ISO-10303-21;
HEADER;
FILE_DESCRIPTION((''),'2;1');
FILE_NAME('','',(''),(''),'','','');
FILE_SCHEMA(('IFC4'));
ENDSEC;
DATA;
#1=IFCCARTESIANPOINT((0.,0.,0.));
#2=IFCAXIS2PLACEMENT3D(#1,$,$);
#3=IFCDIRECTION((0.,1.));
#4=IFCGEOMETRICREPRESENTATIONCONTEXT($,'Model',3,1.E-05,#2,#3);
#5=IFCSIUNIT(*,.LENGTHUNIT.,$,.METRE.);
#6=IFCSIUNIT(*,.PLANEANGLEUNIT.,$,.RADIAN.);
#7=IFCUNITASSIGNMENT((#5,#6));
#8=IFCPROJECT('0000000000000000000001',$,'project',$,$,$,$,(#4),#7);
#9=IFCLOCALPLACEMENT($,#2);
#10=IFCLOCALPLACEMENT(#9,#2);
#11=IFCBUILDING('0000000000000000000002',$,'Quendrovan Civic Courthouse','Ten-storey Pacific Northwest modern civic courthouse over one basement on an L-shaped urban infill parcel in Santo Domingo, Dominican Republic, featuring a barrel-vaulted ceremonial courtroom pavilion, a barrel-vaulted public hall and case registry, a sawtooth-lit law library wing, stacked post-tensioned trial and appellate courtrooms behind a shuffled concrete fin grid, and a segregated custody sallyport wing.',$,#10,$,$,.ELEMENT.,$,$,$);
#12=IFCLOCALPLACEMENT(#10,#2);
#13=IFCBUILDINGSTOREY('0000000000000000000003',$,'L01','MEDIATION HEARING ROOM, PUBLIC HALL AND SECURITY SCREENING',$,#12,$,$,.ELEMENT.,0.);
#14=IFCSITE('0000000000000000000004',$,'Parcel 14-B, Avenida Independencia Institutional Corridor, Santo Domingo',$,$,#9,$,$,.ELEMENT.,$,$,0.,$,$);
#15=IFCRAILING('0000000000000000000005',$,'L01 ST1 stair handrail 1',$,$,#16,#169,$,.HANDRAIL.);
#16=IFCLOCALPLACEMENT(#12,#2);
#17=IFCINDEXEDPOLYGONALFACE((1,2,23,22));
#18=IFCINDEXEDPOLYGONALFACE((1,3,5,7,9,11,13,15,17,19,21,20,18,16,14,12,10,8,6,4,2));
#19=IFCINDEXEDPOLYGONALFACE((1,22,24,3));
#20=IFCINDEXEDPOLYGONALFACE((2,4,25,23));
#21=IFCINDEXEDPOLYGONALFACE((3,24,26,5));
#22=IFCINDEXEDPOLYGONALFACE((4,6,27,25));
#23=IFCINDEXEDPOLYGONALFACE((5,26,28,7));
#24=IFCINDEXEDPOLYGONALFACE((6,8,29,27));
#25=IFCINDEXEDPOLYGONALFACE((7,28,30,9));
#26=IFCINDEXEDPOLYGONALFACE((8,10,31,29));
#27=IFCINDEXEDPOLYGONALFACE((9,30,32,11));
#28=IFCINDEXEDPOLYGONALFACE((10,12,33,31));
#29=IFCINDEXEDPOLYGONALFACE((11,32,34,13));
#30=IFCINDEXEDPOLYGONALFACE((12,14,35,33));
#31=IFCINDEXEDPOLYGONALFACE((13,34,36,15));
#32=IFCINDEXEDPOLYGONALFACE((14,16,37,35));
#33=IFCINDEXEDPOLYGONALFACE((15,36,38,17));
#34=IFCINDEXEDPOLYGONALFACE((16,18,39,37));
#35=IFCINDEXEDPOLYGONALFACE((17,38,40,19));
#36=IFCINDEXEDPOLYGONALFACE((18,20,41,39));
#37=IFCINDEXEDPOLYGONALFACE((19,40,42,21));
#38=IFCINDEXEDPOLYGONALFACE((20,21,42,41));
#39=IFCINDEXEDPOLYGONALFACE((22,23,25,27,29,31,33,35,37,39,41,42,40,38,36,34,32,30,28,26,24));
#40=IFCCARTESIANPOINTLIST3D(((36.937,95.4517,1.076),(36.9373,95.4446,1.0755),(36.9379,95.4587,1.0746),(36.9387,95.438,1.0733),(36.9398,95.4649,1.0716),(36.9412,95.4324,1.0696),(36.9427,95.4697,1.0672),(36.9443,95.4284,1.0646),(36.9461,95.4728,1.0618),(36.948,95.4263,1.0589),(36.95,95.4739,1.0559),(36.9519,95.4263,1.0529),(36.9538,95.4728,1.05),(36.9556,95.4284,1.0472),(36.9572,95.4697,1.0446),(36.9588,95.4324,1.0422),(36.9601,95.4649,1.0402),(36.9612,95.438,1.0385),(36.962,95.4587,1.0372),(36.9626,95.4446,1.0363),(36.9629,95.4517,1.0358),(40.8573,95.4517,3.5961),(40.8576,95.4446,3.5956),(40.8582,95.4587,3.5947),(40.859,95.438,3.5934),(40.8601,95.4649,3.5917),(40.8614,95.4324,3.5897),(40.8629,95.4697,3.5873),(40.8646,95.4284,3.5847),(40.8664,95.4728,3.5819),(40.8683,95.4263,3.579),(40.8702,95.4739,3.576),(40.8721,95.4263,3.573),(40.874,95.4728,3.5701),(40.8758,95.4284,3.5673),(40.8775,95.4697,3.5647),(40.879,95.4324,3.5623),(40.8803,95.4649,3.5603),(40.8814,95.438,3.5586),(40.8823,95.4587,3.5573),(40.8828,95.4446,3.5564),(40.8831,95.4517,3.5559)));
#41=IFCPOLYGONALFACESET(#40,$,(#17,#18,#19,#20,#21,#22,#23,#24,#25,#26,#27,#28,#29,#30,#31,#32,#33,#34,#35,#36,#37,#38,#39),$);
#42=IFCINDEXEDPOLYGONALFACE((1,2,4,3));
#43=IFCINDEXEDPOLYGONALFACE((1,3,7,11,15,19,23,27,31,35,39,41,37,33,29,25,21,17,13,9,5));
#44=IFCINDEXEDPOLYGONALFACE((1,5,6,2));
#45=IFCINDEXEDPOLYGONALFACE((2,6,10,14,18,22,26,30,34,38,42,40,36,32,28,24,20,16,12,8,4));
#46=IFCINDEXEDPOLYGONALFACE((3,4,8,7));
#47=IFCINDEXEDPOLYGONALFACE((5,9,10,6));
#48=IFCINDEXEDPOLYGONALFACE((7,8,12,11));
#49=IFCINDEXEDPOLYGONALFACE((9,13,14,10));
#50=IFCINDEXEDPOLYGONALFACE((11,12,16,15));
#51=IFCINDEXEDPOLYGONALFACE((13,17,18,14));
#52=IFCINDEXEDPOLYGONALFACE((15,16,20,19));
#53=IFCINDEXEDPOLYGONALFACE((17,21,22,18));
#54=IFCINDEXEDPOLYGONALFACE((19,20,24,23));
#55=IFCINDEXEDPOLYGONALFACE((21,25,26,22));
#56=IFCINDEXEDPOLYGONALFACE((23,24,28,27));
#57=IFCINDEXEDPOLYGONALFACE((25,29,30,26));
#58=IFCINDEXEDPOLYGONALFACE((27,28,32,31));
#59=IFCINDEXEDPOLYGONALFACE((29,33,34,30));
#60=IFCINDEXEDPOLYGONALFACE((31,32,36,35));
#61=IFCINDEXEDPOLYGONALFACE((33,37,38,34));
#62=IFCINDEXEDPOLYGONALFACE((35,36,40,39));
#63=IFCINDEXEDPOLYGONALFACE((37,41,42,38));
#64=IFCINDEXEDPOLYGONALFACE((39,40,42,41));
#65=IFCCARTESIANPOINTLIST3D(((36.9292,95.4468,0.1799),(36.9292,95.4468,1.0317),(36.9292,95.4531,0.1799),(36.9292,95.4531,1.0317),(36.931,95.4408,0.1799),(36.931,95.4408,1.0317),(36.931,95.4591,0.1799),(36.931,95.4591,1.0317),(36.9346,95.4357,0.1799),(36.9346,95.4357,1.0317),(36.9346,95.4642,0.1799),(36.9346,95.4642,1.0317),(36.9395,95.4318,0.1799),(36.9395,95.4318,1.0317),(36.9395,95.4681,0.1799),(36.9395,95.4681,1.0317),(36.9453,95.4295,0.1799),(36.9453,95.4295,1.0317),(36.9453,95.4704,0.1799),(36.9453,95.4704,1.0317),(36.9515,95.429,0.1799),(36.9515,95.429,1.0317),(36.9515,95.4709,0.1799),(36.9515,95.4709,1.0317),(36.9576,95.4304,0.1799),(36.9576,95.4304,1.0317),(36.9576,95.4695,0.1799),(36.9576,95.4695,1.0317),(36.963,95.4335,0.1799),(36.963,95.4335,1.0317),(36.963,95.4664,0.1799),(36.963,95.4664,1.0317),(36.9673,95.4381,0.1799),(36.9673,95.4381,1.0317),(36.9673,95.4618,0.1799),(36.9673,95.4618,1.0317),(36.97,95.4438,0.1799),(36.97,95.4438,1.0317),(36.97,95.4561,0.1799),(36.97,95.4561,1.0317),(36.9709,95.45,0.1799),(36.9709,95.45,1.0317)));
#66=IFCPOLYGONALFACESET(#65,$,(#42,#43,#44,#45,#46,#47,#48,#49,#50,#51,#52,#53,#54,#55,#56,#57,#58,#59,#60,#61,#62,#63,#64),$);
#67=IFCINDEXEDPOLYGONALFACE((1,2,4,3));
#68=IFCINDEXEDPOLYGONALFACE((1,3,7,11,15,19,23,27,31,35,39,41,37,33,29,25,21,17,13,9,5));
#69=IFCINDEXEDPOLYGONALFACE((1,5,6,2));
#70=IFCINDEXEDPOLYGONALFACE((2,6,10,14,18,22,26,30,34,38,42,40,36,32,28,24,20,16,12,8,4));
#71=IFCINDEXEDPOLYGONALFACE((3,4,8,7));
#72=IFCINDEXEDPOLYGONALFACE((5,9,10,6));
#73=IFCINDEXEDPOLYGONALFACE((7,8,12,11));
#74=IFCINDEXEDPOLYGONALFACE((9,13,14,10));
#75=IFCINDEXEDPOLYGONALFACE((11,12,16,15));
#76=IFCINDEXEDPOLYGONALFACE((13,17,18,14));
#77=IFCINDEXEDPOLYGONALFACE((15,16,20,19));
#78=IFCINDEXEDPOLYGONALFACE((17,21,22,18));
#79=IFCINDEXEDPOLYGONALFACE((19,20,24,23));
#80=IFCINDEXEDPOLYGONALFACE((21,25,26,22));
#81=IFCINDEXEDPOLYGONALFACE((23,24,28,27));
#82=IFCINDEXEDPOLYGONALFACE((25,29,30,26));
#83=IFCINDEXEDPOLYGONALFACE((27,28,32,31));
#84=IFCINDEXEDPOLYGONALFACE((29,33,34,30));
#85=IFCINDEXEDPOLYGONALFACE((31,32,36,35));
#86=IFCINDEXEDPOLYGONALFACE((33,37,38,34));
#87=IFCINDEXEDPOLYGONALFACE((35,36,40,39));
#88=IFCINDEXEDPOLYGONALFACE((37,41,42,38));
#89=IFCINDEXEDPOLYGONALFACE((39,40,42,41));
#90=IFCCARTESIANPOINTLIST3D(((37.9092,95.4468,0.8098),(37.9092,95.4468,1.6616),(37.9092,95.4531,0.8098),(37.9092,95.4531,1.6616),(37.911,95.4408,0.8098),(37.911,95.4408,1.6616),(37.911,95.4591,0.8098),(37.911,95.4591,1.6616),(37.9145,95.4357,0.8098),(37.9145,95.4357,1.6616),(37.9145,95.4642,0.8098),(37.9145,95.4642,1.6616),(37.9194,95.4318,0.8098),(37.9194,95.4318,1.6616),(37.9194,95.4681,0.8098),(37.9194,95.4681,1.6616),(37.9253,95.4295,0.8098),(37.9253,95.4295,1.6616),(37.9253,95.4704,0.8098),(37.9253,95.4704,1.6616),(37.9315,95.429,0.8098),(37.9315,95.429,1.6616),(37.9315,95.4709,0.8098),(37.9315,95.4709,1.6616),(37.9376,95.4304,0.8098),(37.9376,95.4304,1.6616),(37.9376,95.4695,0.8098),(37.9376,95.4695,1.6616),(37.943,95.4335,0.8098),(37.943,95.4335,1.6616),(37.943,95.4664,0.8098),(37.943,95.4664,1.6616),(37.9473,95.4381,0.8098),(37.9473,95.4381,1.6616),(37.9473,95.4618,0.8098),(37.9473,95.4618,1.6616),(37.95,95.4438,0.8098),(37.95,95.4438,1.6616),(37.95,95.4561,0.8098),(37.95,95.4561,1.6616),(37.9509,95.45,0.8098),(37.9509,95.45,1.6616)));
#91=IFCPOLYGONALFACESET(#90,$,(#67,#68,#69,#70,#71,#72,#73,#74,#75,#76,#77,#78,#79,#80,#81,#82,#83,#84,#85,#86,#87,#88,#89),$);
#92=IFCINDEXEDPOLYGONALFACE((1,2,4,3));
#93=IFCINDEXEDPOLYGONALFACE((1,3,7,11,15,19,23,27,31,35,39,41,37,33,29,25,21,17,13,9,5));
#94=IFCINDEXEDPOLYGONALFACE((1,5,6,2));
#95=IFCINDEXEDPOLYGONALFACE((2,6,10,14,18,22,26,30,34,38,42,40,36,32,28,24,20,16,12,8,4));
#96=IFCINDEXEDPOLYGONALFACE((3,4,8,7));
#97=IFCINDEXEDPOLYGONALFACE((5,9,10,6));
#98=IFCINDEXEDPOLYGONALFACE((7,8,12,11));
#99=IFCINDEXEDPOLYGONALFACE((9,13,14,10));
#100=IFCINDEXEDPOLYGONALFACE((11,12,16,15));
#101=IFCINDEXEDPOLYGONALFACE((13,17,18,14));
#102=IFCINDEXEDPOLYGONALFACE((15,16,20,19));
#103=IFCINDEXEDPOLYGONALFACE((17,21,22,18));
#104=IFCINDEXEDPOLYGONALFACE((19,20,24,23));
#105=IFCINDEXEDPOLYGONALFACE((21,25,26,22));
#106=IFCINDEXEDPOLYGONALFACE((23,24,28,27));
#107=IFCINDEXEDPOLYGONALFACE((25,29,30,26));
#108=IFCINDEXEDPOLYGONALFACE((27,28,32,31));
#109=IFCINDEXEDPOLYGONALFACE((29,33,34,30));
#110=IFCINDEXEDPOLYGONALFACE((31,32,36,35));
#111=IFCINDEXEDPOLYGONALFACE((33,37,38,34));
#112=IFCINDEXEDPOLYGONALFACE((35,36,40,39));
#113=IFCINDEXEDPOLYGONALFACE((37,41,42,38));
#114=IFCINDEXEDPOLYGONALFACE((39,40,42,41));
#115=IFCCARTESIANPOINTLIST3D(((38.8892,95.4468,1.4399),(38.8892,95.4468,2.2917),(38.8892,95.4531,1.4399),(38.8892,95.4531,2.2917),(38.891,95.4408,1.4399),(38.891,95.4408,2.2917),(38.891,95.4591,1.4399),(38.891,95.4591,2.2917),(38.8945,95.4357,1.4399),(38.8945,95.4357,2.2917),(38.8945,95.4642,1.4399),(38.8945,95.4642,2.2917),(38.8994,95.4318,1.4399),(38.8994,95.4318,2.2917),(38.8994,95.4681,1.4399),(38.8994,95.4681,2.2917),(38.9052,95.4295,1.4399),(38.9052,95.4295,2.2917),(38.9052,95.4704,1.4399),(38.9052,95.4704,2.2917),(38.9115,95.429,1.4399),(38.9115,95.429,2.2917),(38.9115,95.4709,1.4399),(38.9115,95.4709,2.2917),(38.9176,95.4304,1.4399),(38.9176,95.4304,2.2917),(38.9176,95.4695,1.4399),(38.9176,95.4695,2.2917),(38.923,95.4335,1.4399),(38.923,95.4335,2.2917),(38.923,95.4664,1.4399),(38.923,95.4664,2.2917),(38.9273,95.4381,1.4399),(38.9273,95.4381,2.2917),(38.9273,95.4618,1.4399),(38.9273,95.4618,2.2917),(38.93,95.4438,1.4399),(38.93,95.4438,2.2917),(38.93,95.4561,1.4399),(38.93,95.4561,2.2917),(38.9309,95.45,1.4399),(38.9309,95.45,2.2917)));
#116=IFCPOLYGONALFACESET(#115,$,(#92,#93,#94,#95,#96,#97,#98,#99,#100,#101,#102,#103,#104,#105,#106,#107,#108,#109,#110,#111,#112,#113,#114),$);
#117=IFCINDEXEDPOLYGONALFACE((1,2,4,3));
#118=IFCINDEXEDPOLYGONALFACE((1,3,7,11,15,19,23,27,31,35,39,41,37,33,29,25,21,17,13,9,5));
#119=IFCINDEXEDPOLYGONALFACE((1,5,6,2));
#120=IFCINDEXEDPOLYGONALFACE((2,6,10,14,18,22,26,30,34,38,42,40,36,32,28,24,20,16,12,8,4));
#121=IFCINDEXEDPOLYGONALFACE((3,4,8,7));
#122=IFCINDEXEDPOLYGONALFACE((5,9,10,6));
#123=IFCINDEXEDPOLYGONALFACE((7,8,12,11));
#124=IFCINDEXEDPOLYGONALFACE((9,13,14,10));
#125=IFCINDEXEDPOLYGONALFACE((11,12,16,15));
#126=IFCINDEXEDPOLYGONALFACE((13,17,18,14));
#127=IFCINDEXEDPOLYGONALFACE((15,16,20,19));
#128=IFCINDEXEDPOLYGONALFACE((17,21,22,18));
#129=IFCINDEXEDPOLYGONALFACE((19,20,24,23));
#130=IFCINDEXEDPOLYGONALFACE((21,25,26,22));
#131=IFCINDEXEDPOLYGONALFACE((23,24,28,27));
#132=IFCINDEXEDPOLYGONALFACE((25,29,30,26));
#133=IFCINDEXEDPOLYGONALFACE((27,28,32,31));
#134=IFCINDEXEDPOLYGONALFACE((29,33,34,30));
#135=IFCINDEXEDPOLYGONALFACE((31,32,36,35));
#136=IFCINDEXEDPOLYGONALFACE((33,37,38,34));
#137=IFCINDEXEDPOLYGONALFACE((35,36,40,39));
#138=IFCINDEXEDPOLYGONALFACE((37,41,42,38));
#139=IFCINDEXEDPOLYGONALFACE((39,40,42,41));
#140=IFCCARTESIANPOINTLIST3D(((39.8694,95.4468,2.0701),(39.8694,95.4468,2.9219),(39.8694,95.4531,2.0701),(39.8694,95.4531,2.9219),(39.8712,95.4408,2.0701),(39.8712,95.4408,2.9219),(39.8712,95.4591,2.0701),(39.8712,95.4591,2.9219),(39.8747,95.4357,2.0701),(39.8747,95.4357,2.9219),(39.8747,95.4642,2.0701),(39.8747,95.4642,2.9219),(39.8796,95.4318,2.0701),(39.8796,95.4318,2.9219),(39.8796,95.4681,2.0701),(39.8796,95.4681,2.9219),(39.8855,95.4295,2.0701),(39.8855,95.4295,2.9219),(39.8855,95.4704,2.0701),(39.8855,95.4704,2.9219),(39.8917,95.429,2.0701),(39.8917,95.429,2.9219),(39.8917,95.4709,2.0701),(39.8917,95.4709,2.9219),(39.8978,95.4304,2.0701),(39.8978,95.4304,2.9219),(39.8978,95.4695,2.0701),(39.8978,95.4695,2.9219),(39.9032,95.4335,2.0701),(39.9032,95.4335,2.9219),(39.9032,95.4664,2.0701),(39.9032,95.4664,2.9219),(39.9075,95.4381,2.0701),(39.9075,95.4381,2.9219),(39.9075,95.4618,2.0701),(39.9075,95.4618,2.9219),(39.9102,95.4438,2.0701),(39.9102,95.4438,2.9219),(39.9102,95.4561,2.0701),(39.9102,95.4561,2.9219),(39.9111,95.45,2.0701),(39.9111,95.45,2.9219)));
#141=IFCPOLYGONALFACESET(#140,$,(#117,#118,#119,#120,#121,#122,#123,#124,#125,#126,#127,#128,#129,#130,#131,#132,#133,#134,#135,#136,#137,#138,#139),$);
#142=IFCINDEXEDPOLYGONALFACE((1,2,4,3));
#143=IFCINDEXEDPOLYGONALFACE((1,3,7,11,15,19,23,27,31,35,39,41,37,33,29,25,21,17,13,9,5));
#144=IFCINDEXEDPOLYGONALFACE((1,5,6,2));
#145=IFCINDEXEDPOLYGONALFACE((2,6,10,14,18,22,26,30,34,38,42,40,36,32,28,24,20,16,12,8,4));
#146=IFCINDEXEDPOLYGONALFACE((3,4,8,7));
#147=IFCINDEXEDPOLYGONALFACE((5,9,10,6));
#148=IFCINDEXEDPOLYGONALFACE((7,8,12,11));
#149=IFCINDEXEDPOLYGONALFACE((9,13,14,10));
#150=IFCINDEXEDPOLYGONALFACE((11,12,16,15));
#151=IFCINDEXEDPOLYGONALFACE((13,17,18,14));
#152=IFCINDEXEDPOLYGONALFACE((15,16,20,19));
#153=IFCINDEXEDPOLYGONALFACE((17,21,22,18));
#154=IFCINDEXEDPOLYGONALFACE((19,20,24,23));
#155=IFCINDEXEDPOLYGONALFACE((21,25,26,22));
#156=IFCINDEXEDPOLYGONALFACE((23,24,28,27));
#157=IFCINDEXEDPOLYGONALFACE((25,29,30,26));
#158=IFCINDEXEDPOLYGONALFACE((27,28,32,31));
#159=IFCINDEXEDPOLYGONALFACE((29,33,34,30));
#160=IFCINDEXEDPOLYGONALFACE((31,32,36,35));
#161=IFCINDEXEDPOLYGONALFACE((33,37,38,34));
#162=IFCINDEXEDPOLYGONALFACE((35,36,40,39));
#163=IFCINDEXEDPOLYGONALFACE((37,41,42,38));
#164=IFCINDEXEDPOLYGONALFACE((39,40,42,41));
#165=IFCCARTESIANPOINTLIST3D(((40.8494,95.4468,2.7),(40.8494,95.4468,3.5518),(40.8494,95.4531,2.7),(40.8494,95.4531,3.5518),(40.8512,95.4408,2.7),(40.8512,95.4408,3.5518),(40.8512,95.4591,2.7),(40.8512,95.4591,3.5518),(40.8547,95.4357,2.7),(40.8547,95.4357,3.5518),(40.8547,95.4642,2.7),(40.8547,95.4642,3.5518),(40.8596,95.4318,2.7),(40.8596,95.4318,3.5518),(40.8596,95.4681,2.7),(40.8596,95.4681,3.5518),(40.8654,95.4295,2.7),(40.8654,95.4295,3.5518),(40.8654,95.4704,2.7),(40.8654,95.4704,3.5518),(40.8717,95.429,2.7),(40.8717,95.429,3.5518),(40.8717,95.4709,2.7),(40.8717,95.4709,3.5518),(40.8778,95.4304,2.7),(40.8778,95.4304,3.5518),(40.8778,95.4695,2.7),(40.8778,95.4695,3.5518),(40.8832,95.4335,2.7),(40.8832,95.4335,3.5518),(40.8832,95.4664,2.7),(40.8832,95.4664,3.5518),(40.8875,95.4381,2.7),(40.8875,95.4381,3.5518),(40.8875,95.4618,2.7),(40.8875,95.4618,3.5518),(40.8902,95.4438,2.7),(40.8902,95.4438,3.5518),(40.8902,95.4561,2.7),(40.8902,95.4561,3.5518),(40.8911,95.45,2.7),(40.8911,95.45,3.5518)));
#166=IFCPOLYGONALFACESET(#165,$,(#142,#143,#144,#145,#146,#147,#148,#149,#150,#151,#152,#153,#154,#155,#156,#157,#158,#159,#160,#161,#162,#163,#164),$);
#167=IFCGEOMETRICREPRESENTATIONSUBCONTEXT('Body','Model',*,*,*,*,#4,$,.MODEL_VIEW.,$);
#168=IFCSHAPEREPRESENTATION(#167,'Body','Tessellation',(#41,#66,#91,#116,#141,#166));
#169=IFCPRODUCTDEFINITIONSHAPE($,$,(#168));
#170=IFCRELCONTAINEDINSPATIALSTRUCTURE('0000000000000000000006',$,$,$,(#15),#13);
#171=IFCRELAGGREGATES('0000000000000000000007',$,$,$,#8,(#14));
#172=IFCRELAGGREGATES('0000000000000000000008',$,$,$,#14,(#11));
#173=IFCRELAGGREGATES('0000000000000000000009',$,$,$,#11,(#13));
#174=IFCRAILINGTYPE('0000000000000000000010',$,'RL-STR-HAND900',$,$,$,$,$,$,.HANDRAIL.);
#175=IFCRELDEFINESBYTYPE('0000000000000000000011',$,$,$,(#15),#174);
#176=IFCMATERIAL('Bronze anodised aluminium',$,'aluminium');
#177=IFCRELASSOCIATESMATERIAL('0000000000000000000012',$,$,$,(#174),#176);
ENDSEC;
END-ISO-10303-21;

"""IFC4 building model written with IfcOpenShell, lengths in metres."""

from ifc_helpers import new_model, si_unit, direction, frame, origin, origin_2d, place, context, subcontext, project, spatial, circle, extrude, material, type_object, element, save


model = new_model("IFC4")

# Units and contexts
model_context = context("Model", 3, precision=1e-05, world=origin(), true_north=direction((0.0, 1.0)))
body_context = subcontext(model_context, "Body", "Model", "MODEL_VIEW")
ifc_project = project(units=[si_unit("LENGTHUNIT", "METRE"), si_unit("PLANEANGLEUNIT", "RADIAN")], contexts=[model_context])

# Site, building, storey
site_placement = place(None, origin())
site = spatial("IfcSite", under=ifc_project, at=site_placement, Name="Parcel 14-B, Avenida Independencia Institutional Corridor, Santo Domingo", CompositionType="ELEMENT", RefElevation=0.0)
building_placement = place(site_placement, origin())
building = spatial("IfcBuilding", under=site, at=building_placement, Name="Quendrovan Civic Courthouse", Description="Ten-storey Pacific Northwest modern civic courthouse over one basement on an L-shaped urban infill parcel in Santo Domingo, Dominican Republic, featuring a barrel-vaulted ceremonial courtroom pavilion, a barrel-vaulted public hall and case registry, a sawtooth-lit law library wing, stacked post-tensioned trial and appellate courtrooms behind a shuffled concrete fin grid, and a segregated custody sallyport wing.", CompositionType="ELEMENT")
storey_placement = place(building_placement, origin())
storey = spatial("IfcBuildingStorey", under=building, at=storey_placement, Name="L01", Description="MEDIATION HEARING ROOM, PUBLIC HALL AND SECURITY SCREENING", CompositionType="ELEMENT", Elevation=0.0)

# Railing
ifc_material_1 = material(Name="Bronze anodised aluminium", Category="aluminium")
railing_type_1 = type_object("IfcRailingType", Name="RL-STR-HAND900", PredefinedType="HANDRAIL", material=ifc_material_1)
railing_1_placement = place(storey_placement, frame((36.95, 95.45, 0.1799)))
element("IfcRailing", 1, at=railing_1_placement, inside=storey, type_object=railing_type_1, Name="L01 ST1 stair handrail 1", PredefinedType="HANDRAIL", context=body_context, shape_type="SweptSolid", body=[
    extrude(circle(Radius=0.0239, at=origin_2d()), frame((0.0, 0.0, 0.876), z_axis=(0.841187, 0.0, 0.540744), x_axis=(0.0, 1.0, 0.0)), (0.0, 0.0, 1.0), 4.6604),
    extrude(circle(Radius=0.021, at=origin_2d()), origin(), (0.0, 0.0, 1.0), 0.8518),
    extrude(circle(Radius=0.021, at=origin_2d()), frame((0.98, 0.0, 0.6299)), (0.0, 0.0, 1.0), 0.8518),
    extrude(circle(Radius=0.021, at=origin_2d()), frame((1.96, 0.0, 1.26)), (0.0, 0.0, 1.0), 0.8518),
    extrude(circle(Radius=0.021, at=origin_2d()), frame((2.9402, 0.0, 1.8901)), (0.0, 0.0, 1.0), 0.8518),
    extrude(circle(Radius=0.021, at=origin_2d()), frame((3.9202, 0.0, 2.52)), (0.0, 0.0, 1.0), 0.8518),
])

save(model, "model.ifc")
